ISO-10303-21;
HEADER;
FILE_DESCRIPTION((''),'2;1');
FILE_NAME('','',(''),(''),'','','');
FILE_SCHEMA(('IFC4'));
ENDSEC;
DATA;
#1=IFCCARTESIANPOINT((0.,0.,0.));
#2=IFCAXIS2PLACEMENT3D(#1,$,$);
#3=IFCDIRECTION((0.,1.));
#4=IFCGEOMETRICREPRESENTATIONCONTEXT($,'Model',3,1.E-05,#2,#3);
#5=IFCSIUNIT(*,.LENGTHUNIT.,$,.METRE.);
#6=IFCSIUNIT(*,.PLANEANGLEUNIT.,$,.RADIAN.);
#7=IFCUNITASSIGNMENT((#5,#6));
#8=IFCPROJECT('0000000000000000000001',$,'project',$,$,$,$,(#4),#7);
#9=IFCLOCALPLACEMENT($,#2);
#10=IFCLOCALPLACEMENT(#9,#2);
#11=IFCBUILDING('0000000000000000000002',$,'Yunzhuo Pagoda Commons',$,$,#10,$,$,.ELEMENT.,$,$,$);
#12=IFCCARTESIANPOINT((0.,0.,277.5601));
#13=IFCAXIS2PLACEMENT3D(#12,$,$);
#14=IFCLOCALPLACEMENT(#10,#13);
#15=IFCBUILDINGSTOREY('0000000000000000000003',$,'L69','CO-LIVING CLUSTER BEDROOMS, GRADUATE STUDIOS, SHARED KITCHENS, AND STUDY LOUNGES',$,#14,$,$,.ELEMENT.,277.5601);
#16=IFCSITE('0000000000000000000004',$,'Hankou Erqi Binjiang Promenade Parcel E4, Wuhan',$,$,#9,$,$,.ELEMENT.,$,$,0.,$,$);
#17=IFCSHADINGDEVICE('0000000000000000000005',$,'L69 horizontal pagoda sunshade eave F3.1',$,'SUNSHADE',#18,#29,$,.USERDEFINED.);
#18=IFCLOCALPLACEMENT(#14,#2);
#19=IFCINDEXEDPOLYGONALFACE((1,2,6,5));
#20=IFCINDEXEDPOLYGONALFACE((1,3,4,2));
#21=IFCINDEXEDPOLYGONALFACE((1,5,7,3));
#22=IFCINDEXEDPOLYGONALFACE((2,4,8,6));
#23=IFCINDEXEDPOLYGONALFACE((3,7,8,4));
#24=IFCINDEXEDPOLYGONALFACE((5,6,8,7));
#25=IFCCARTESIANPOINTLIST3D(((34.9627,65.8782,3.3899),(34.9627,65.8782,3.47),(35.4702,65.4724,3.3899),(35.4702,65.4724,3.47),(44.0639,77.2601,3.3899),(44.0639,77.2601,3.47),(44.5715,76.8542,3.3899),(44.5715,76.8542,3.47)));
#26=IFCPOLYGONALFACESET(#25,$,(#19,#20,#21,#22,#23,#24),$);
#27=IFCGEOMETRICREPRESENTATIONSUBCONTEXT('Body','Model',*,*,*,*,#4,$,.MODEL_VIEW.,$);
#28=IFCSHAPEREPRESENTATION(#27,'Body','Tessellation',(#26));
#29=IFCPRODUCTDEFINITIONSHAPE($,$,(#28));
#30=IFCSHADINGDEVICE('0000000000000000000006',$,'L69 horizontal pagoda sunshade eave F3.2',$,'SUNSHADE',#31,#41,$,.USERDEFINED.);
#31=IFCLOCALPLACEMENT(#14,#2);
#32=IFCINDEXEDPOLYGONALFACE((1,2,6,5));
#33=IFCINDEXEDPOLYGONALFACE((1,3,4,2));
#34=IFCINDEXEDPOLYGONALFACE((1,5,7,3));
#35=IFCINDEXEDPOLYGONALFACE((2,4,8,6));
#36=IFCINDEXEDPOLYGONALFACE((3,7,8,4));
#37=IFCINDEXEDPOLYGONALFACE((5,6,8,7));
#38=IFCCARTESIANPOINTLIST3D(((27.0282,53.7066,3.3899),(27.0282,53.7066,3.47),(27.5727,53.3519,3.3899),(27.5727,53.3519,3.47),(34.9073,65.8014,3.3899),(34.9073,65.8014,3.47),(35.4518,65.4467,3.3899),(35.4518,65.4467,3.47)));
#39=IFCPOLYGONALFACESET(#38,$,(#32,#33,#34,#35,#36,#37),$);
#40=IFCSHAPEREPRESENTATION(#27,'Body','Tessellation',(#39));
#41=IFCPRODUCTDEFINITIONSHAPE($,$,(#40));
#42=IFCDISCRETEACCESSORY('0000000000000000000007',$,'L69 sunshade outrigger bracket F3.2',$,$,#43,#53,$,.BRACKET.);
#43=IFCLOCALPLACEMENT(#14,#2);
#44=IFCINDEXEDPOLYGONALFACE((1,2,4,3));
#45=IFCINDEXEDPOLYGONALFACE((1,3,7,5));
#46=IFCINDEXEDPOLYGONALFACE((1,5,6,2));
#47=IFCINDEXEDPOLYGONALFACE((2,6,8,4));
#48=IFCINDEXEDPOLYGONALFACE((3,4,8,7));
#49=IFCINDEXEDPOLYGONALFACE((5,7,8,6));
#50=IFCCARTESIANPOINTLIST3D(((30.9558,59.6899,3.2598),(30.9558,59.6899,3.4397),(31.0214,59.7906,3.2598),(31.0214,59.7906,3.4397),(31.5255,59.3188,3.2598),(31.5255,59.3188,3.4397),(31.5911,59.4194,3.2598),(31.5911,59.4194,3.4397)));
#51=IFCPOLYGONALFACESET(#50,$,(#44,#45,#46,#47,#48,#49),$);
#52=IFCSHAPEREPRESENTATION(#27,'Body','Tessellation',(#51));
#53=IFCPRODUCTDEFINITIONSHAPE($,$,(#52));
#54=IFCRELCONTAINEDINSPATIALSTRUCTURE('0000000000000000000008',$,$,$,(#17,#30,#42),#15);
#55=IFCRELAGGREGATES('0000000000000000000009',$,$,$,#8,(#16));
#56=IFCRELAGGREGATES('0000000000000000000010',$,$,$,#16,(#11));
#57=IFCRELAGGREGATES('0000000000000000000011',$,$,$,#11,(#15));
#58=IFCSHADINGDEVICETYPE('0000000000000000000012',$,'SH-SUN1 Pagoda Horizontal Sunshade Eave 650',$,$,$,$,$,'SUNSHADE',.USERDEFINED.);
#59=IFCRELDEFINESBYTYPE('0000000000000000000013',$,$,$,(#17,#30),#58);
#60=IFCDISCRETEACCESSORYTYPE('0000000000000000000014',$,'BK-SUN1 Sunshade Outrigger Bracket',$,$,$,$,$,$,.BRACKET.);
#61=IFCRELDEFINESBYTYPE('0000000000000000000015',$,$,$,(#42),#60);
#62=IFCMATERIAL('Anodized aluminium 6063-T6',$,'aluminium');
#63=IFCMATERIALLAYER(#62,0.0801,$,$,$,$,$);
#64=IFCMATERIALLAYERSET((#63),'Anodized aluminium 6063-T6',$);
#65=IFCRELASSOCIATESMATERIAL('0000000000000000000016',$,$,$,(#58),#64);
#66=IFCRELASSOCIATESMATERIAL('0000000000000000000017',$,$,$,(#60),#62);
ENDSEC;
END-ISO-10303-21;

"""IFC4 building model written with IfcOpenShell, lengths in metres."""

from ifc_helpers import new_model, si_unit, direction, frame, origin, origin_2d, place, context, subcontext, project, spatial, rectangle, extrude, source, transform, mapped, material, layer, layer_set, type_object, element, save


model = new_model("IFC4")

# Units and contexts
model_context = context("Model", 3, precision=1e-05, world=origin(), true_north=direction((0.0, 1.0)))
body_context = subcontext(model_context, "Body", "Model", "MODEL_VIEW")
ifc_project = project(units=[si_unit("LENGTHUNIT", "METRE"), si_unit("PLANEANGLEUNIT", "RADIAN")], contexts=[model_context])

# Site, building, storey
site_placement = place(None, origin())
site = spatial("IfcSite", under=ifc_project, at=site_placement, Name="Hankou Erqi Binjiang Promenade Parcel E4, Wuhan", CompositionType="ELEMENT", RefElevation=0.0)
building_placement = place(site_placement, origin())
building = spatial("IfcBuilding", under=site, at=building_placement, Name="Yunzhuo Pagoda Commons", CompositionType="ELEMENT")
storey_placement = place(building_placement, frame((0.0, 0.0, 277.5601)))
storey = spatial("IfcBuildingStorey", under=building, at=storey_placement, Name="L69", Description="CO-LIVING CLUSTER BEDROOMS, GRADUATE STUDIOS, SHARED KITCHENS, AND STUDY LOUNGES", CompositionType="ELEMENT", Elevation=277.5601)

# Shared definitions
ifc_material_1 = material(Name="Anodized aluminium 6063-T6", Category="aluminium")

# Shading devices
ifc_layer_1 = layer(ifc_material_1, 0.0801)
ifc_layer_set_1 = layer_set([ifc_layer_1], Name="Anodized aluminium 6063-T6")
shading_device_type = type_object("IfcShadingDeviceType", Name="SH-SUN1 Pagoda Horizontal Sunshade Eave 650", ElementType="SUNSHADE", PredefinedType="USERDEFINED", material=ifc_layer_set_1)
shared_shape_1 = source(origin(), body_context, "Body", "SweptSolid", [
    extrude(rectangle(XDim=14.5732, YDim=0.6499, at=origin_2d()), origin(), (0.0, 0.0, 1.0), 0.0801),
])
shading_device_1_placement = place(storey_placement, frame((39.7671, 71.3662, 3.3899), z_axis=(0.0, 0.0, 1.0), x_axis=(-0.62452, -0.781008, 0.0)))
element("IfcShadingDevice", 1, at=shading_device_1_placement, inside=storey, type_object=shading_device_type, Name="L69 horizontal pagoda sunshade eave F3.1", ObjectType="SUNSHADE", PredefinedType="USERDEFINED", context=body_context, shape_type="MappedRepresentation", body=[
    mapped(shared_shape_1, transform((0.0, 0.0, 0.0), scale=1.0)),
])
shared_shape_2 = source(origin(), body_context, "Body", "SweptSolid", [
    extrude(rectangle(XDim=14.4348, YDim=0.6499, at=origin_2d()), origin(), (0.0, 0.0, 1.0), 0.0801),
])
shading_device_2_placement = place(storey_placement, frame((31.24, 59.5767, 3.3899), z_axis=(0.0, 0.0, 1.0), x_axis=(-0.545839, -0.83789, 0.0)))
element("IfcShadingDevice", 2, at=shading_device_2_placement, inside=storey, type_object=shading_device_type, Name="L69 horizontal pagoda sunshade eave F3.2", ObjectType="SUNSHADE", PredefinedType="USERDEFINED", context=body_context, shape_type="MappedRepresentation", body=[
    mapped(shared_shape_2, transform((0.0, 0.0, 0.0), scale=1.0)),
])

# Discrete accessory
discrete_accessory_type = type_object("IfcDiscreteAccessoryType", Name="BK-SUN1 Sunshade Outrigger Bracket", PredefinedType="BRACKET", material=ifc_material_1)
shared_shape_3 = source(origin(), body_context, "Body", "SweptSolid", [
    extrude(rectangle(XDim=0.1201, YDim=0.6799, at=origin_2d()), origin(), (0.0, 0.0, 1.0), 0.1799),
])
discrete_accessory_placement = place(storey_placement, frame((31.2734, 59.5547, 3.2598), z_axis=(0.0, 0.0, 1.0), x_axis=(-0.545839, -0.83789, 0.0)))
element("IfcDiscreteAccessory", 3, at=discrete_accessory_placement, inside=storey, type_object=discrete_accessory_type, Name="L69 sunshade outrigger bracket F3.2", PredefinedType="BRACKET", context=body_context, shape_type="MappedRepresentation", body=[
    mapped(shared_shape_3, transform((0.0, 0.0, 0.0), scale=1.0)),
])

save(model, "model.ifc")
